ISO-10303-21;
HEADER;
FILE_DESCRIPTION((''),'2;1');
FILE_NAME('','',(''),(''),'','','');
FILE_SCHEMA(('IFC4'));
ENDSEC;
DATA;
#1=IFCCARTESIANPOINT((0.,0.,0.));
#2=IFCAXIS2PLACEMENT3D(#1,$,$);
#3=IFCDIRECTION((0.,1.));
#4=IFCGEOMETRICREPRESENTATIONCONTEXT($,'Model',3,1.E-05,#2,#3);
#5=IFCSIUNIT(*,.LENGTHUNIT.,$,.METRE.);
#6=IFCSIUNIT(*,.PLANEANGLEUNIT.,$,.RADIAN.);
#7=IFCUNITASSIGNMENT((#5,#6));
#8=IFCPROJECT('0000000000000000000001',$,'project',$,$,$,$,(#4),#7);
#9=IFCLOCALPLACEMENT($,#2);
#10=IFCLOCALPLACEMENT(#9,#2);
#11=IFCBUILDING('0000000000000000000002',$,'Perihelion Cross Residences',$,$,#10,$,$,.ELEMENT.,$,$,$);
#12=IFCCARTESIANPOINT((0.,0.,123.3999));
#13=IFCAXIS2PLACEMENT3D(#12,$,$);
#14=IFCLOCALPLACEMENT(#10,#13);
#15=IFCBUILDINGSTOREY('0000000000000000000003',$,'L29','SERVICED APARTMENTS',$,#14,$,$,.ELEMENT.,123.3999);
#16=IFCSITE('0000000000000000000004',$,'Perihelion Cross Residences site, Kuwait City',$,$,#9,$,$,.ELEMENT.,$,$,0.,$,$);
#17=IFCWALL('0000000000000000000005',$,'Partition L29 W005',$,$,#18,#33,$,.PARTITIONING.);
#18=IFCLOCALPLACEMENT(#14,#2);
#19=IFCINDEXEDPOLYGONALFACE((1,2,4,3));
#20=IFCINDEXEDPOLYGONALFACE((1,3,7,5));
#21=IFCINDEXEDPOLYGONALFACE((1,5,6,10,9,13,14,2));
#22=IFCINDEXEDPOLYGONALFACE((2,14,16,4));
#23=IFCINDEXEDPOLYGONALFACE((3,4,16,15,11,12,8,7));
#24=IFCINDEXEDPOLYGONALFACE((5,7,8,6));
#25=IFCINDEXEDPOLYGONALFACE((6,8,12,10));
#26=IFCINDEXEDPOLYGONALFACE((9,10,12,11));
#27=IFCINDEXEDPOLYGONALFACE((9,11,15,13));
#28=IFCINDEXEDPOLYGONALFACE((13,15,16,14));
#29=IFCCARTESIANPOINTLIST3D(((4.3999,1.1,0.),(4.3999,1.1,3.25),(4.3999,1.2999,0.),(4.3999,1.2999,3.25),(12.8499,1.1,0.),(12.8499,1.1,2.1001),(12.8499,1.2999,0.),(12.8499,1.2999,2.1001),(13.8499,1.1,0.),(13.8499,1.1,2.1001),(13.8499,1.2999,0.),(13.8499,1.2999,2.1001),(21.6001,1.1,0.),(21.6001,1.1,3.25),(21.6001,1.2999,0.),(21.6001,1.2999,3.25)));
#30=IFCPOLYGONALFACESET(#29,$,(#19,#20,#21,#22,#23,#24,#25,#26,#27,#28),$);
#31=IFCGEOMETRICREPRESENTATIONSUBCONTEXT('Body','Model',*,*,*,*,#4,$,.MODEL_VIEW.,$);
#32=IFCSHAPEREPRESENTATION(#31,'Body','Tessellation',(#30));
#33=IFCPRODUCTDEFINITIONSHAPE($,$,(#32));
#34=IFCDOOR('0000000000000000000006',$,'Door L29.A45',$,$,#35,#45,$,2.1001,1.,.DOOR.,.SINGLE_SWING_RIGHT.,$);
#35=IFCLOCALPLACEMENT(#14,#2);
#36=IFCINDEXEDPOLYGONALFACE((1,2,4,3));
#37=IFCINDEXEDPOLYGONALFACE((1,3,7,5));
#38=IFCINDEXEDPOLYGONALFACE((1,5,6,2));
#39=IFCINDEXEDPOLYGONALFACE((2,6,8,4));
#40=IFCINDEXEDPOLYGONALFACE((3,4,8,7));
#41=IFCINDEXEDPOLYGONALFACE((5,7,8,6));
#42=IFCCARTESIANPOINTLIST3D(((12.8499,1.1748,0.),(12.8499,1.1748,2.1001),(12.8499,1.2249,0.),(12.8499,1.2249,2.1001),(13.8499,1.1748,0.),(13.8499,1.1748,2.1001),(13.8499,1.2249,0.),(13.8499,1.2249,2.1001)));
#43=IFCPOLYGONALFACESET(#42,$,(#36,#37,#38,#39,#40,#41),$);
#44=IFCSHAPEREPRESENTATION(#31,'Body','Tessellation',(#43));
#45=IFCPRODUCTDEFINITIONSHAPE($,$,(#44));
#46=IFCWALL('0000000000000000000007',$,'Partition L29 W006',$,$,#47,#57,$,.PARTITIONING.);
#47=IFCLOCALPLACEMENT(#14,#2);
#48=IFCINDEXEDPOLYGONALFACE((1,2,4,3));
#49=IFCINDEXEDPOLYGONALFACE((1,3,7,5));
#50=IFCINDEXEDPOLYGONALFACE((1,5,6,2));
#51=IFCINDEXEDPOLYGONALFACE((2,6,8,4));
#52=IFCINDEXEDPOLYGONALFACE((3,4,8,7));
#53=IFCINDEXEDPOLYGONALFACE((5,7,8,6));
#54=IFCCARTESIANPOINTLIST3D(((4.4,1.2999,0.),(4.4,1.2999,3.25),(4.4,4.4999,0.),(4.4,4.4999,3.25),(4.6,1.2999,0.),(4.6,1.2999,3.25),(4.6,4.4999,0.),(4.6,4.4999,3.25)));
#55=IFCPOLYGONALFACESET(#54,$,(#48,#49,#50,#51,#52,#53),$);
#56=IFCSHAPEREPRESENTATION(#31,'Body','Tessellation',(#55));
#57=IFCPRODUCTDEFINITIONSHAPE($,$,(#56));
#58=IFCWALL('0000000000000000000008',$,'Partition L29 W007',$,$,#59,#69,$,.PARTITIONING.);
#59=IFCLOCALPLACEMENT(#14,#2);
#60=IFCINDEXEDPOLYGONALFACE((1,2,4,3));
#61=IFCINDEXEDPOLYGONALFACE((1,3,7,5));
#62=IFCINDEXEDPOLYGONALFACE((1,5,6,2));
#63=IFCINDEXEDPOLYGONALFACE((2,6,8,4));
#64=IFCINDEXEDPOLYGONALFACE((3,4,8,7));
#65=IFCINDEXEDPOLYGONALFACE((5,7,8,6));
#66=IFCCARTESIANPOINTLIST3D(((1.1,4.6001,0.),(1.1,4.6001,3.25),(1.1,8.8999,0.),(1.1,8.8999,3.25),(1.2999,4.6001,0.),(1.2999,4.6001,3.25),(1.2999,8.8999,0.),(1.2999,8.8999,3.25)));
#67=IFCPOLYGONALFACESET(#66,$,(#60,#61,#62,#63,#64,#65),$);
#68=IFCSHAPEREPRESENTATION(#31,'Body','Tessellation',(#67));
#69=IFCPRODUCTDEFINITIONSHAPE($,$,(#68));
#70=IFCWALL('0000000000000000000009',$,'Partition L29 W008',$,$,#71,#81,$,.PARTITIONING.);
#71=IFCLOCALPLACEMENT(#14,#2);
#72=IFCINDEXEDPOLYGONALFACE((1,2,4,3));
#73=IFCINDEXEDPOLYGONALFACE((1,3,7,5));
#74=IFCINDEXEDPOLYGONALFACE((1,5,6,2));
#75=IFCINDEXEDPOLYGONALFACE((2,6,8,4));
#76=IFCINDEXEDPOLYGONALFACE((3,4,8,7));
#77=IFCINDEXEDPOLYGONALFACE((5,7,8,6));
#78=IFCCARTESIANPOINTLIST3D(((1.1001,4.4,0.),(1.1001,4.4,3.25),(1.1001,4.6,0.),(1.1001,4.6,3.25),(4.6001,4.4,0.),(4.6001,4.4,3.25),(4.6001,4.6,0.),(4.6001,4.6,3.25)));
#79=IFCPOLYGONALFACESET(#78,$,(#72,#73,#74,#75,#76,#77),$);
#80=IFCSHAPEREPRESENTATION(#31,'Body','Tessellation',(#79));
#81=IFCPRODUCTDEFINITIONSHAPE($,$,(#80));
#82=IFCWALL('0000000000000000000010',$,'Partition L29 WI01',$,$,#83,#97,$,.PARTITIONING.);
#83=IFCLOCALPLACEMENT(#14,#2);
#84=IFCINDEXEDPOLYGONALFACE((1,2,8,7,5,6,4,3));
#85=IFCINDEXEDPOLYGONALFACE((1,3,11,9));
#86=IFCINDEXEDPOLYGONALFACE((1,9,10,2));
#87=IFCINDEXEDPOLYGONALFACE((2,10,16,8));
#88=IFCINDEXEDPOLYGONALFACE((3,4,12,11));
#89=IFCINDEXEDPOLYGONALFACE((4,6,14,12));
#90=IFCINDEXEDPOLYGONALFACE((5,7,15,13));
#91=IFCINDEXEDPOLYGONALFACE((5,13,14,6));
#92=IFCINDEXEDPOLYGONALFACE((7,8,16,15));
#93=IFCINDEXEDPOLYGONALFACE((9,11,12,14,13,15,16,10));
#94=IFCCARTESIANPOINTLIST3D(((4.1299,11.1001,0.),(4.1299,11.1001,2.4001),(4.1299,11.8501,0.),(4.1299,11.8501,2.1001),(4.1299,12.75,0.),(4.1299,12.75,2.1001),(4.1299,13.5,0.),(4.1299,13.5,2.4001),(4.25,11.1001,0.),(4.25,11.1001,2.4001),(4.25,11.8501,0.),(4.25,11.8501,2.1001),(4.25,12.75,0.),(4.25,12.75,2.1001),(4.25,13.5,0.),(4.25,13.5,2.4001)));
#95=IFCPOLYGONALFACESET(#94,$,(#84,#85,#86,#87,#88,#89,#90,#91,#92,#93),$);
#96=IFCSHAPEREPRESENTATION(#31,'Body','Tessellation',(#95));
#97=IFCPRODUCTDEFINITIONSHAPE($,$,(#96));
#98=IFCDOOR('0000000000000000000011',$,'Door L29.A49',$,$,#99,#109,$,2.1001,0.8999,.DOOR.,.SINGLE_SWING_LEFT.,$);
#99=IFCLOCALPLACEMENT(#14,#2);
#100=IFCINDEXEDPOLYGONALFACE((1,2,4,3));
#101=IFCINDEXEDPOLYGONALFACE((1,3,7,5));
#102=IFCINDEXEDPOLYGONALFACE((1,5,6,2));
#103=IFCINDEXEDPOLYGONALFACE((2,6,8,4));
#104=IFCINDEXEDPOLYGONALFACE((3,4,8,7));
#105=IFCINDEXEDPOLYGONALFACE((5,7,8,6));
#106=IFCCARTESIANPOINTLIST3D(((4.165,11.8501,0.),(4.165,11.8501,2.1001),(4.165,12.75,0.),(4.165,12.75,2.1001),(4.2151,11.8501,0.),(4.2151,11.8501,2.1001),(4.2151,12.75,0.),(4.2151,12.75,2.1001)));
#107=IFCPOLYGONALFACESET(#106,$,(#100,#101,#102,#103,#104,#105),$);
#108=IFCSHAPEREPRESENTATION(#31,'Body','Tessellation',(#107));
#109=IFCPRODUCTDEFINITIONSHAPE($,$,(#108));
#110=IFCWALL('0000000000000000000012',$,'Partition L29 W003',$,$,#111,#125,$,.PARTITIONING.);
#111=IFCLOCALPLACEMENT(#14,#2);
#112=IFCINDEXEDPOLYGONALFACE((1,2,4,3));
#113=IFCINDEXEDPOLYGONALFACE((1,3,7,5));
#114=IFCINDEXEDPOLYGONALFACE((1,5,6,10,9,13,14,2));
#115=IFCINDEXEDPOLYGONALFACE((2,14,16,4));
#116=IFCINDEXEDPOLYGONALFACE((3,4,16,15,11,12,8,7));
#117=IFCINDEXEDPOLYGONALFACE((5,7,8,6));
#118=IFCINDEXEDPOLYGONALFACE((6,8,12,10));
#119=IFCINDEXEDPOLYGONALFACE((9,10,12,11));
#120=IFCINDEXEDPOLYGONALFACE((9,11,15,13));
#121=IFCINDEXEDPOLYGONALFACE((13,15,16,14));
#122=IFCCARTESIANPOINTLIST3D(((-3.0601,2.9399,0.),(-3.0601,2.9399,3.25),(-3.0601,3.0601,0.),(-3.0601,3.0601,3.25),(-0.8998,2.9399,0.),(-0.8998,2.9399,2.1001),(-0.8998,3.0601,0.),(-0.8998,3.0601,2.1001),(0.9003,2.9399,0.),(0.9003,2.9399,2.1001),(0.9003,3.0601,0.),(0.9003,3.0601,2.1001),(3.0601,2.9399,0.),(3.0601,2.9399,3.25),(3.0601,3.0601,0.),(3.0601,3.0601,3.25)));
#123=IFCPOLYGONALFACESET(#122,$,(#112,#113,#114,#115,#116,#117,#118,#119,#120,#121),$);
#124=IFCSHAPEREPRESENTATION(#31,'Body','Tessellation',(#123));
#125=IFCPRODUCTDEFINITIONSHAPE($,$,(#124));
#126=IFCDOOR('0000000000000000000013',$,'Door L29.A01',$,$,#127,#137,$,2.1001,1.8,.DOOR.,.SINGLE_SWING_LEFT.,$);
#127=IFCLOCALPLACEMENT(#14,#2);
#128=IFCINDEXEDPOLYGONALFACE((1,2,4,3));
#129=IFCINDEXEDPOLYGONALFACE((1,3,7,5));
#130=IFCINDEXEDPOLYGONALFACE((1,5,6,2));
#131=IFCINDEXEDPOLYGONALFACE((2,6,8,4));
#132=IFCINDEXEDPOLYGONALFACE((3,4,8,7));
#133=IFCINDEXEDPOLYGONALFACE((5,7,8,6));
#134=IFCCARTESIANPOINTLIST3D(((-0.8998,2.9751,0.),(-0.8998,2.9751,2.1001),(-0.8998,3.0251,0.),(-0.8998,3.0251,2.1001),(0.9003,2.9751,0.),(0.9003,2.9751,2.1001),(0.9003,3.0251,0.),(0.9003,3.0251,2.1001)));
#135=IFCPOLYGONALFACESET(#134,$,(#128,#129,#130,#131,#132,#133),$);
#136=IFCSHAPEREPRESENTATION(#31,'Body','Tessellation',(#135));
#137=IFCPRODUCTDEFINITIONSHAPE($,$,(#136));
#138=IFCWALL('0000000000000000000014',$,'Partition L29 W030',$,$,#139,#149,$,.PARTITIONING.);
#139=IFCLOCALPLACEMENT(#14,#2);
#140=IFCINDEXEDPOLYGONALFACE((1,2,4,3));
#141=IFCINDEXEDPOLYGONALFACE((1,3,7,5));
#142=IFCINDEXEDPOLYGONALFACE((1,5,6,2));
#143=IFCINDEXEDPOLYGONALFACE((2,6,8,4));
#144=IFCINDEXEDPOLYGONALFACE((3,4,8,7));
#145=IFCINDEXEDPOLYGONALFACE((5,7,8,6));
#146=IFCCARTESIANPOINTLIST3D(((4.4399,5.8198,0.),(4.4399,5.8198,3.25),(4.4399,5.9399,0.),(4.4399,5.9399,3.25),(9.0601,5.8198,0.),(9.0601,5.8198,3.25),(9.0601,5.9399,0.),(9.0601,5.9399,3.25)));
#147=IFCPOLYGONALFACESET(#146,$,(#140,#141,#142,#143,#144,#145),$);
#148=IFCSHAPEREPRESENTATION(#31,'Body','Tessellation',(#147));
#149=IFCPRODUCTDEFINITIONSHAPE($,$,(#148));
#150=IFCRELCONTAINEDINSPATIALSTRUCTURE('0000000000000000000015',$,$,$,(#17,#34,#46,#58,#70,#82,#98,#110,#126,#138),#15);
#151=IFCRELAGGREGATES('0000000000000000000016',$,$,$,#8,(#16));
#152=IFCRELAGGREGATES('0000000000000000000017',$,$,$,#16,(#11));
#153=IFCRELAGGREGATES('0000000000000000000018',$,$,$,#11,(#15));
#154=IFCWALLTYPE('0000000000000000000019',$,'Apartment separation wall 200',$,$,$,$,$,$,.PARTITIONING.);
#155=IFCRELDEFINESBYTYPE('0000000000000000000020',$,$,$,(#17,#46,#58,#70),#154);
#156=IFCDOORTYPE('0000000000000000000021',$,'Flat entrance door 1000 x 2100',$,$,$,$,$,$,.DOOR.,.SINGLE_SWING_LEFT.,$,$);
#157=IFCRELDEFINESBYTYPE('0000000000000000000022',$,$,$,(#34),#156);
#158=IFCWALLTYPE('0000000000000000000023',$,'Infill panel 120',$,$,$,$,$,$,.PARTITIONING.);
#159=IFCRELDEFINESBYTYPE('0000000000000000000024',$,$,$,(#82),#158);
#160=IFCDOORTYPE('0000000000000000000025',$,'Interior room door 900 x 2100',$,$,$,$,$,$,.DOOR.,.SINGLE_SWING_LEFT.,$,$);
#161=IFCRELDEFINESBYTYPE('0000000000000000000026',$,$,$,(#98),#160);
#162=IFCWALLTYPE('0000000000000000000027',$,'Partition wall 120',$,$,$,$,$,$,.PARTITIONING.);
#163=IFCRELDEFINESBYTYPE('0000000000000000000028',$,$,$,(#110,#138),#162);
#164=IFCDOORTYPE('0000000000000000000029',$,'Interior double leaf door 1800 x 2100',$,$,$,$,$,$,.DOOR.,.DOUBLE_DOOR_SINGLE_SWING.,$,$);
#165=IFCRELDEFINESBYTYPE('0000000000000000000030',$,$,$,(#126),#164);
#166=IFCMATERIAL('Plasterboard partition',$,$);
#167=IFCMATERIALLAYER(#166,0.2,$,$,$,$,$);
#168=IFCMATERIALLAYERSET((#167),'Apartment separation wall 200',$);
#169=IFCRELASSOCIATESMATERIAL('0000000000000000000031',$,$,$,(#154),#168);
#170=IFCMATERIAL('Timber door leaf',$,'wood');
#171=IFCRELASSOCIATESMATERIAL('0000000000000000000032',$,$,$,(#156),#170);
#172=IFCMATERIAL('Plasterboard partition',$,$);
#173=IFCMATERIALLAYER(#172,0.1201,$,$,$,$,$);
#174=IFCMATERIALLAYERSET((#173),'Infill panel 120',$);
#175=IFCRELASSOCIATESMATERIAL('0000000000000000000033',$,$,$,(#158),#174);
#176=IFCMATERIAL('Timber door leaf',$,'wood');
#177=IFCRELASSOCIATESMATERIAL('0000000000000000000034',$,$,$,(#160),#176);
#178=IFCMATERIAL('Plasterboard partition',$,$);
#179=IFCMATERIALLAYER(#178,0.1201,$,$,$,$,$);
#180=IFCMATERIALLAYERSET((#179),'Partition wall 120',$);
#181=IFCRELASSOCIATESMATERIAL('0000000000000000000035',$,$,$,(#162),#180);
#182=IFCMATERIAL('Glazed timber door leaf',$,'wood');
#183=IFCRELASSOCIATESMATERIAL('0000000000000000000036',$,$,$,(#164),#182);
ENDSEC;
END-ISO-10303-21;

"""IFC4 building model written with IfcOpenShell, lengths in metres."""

from ifc_helpers import new_model, si_unit, direction, frame, frame_2d, origin, place, context, subcontext, project, spatial, rectangle, extrude, material, layer, layer_set, type_object, element, fill, save


model = new_model("IFC4")

# Units and contexts
model_context = context("Model", 3, precision=1e-05, world=origin(), true_north=direction((0.0, 1.0)))
body_context = subcontext(model_context, "Body", "Model", "MODEL_VIEW")
ifc_project = project(units=[si_unit("LENGTHUNIT", "METRE"), si_unit("PLANEANGLEUNIT", "RADIAN")], contexts=[model_context])

# Site, building, storey
site_placement = place(None, origin())
site = spatial("IfcSite", under=ifc_project, at=site_placement, Name="Perihelion Cross Residences site, Kuwait City", CompositionType="ELEMENT", RefElevation=0.0)
building_placement = place(site_placement, origin())
building = spatial("IfcBuilding", under=site, at=building_placement, Name="Perihelion Cross Residences", CompositionType="ELEMENT")
storey_placement = place(building_placement, frame((0.0, 0.0, 123.3999)))
storey = spatial("IfcBuildingStorey", under=building, at=storey_placement, Name="L29", Description="SERVICED APARTMENTS", CompositionType="ELEMENT", Elevation=123.3999)

# Wall, opening, door
ifc_material_1 = material(Name="Plasterboard partition")
ifc_layer_1 = layer(ifc_material_1, 0.2)
ifc_layer_set_1 = layer_set([ifc_layer_1], Name="Apartment separation wall 200")
wall_type_1 = type_object("IfcWallType", Name="Apartment separation wall 200", PredefinedType="PARTITIONING", material=ifc_layer_set_1)
wall_1_placement = place(storey_placement, frame((4.3999, 1.2, 0.0), z_axis=(0.0, 0.0, 1.0), x_axis=(1.0, 0.0, 0.0)))
wall_1 = element("IfcWall", 1, at=wall_1_placement, inside=storey, type_object=wall_type_1, Name="Partition L29 W005", PredefinedType="PARTITIONING", context=body_context, shape_type="SweptSolid", body=[
    extrude(rectangle(XDim=17.2002, YDim=0.2, at=frame_2d((8.6001, 0.0))), origin(), (0.0, 0.0, 1.0), 3.25),
])
opening_1_placement = place(wall_1_placement, frame((8.45, 0.0, 0.0)))
opening_1 = element("IfcOpeningElement", 2, at=opening_1_placement, cuts=wall_1, PredefinedType="OPENING", context=body_context, shape_type="SweptSolid", body=[
    extrude(rectangle(XDim=1.0, YDim=2.1001, at=frame_2d((0.5, 1.05))), frame((0.0, 0.1099, 0.0), z_axis=(0.0, -1.0, 0.0), x_axis=(1.0, 0.0, 0.0)), (0.0, 0.0, 1.0), 0.22),
])
ifc_material_2 = material(Name="Timber door leaf", Category="wood")
door_type_1 = type_object("IfcDoorType", Name="Flat entrance door 1000 x 2100", OperationType="SINGLE_SWING_LEFT", PredefinedType="DOOR", material=ifc_material_2)
door_1_placement = place(opening_1_placement, origin())
door_1 = element("IfcDoor", 3, at=door_1_placement, inside=storey, type_object=door_type_1, Name="Door L29.A45", OperationType="SINGLE_SWING_RIGHT", OverallHeight=2.1001, OverallWidth=1.0, PredefinedType="DOOR", context=body_context, shape_type="SweptSolid", body=[
    extrude(rectangle(XDim=1.0, YDim=2.1001, at=frame_2d((0.5, 1.05))), frame((0.0, 0.0249, 0.0), z_axis=(0.0, -1.0, 0.0), x_axis=(1.0, 0.0, 0.0)), (0.0, 0.0, 1.0), 0.05),
])
fill(opening_1, door_1)

# Walls
wall_2_placement = place(storey_placement, frame((4.5, 4.5, 0.0), z_axis=(0.0, 0.0, 1.0), x_axis=(0.0, -1.0, 0.0)))
element("IfcWall", 4, at=wall_2_placement, inside=storey, type_object=wall_type_1, Name="Partition L29 W006", PredefinedType="PARTITIONING", context=body_context, shape_type="SweptSolid", body=[
    extrude(rectangle(XDim=3.2, YDim=0.2, at=frame_2d((1.6001, 0.0))), origin(), (0.0, 0.0, 1.0), 3.25),
])
wall_3_placement = place(storey_placement, frame((1.2, 8.8999, 0.0), z_axis=(0.0, 0.0, 1.0), x_axis=(0.0, -1.0, 0.0)))
element("IfcWall", 5, at=wall_3_placement, inside=storey, type_object=wall_type_1, Name="Partition L29 W007", PredefinedType="PARTITIONING", context=body_context, shape_type="SweptSolid", body=[
    extrude(rectangle(XDim=4.2998, YDim=0.2, at=frame_2d((2.1499, 0.0))), origin(), (0.0, 0.0, 1.0), 3.25),
])
wall_4_placement = place(storey_placement, frame((1.1001, 4.5, 0.0), z_axis=(0.0, 0.0, 1.0), x_axis=(1.0, 0.0, 0.0)))
element("IfcWall", 6, at=wall_4_placement, inside=storey, type_object=wall_type_1, Name="Partition L29 W008", PredefinedType="PARTITIONING", context=body_context, shape_type="SweptSolid", body=[
    extrude(rectangle(XDim=3.5, YDim=0.2, at=frame_2d((1.75, 0.0))), origin(), (0.0, 0.0, 1.0), 3.25),
])

# Walls, openings, doors
ifc_material_3 = material(Name="Plasterboard partition")
ifc_layer_2 = layer(ifc_material_3, 0.1201)
ifc_layer_set_2 = layer_set([ifc_layer_2], Name="Infill panel 120")
wall_type_2 = type_object("IfcWallType", Name="Infill panel 120", PredefinedType="PARTITIONING", material=ifc_layer_set_2)
wall_5_placement = place(storey_placement, frame((4.1899, 11.1001, 0.0), z_axis=(0.0, 0.0, 1.0), x_axis=(0.0, 1.0, 0.0)))
wall_5 = element("IfcWall", 7, at=wall_5_placement, inside=storey, type_object=wall_type_2, Name="Partition L29 WI01", PredefinedType="PARTITIONING", context=body_context, shape_type="SweptSolid", body=[
    extrude(rectangle(XDim=2.3999, YDim=0.1201, at=frame_2d((1.2, 0.0))), origin(), (0.0, 0.0, 1.0), 2.4001),
])
opening_2_placement = place(wall_5_placement, frame((0.75, 0.0, 0.0)))
opening_2 = element("IfcOpeningElement", 8, at=opening_2_placement, cuts=wall_5, PredefinedType="OPENING", context=body_context, shape_type="SweptSolid", body=[
    extrude(rectangle(XDim=0.8999, YDim=2.1001, at=frame_2d((0.45, 1.05))), frame((0.0, 0.0701, 0.0), z_axis=(0.0, -1.0, 0.0), x_axis=(1.0, 0.0, 0.0)), (0.0, 0.0, 1.0), 0.1401),
])
ifc_material_4 = material(Name="Timber door leaf", Category="wood")
door_type_2 = type_object("IfcDoorType", Name="Interior room door 900 x 2100", OperationType="SINGLE_SWING_LEFT", PredefinedType="DOOR", material=ifc_material_4)
door_2_placement = place(opening_2_placement, origin())
door_2 = element("IfcDoor", 9, at=door_2_placement, inside=storey, type_object=door_type_2, Name="Door L29.A49", OperationType="SINGLE_SWING_LEFT", OverallHeight=2.1001, OverallWidth=0.8999, PredefinedType="DOOR", context=body_context, shape_type="SweptSolid", body=[
    extrude(rectangle(XDim=0.8999, YDim=2.1001, at=frame_2d((0.45, 1.05))), frame((0.0, 0.0249, 0.0), z_axis=(0.0, -1.0, 0.0), x_axis=(1.0, 0.0, 0.0)), (0.0, 0.0, 1.0), 0.05),
])
fill(opening_2, door_2)
ifc_material_5 = material(Name="Plasterboard partition")
ifc_layer_3 = layer(ifc_material_5, 0.1201)
ifc_layer_set_3 = layer_set([ifc_layer_3], Name="Partition wall 120")
wall_type_3 = type_object("IfcWallType", Name="Partition wall 120", PredefinedType="PARTITIONING", material=ifc_layer_set_3)
wall_6_placement = place(storey_placement, frame((3.0601, 3.0, 0.0), z_axis=(0.0, 0.0, 1.0), x_axis=(-1.0, 0.0, 0.0)))
wall_6 = element("IfcWall", 10, at=wall_6_placement, inside=storey, type_object=wall_type_3, Name="Partition L29 W003", PredefinedType="PARTITIONING", context=body_context, shape_type="SweptSolid", body=[
    extrude(rectangle(XDim=6.1201, YDim=0.1201, at=frame_2d((3.0601, 0.0))), origin(), (0.0, 0.0, 1.0), 3.25),
])
opening_3_placement = place(wall_6_placement, frame((2.1599, 0.0, 0.0)))
opening_3 = element("IfcOpeningElement", 11, at=opening_3_placement, cuts=wall_6, PredefinedType="OPENING", context=body_context, shape_type="SweptSolid", body=[
    extrude(rectangle(XDim=1.8, YDim=2.1001, at=frame_2d((0.8999, 1.05))), frame((0.0, 0.0701, 0.0), z_axis=(0.0, -1.0, 0.0), x_axis=(1.0, 0.0, 0.0)), (0.0, 0.0, 1.0), 0.1401),
])
ifc_material_6 = material(Name="Glazed timber door leaf", Category="wood")
door_type_3 = type_object("IfcDoorType", Name="Interior double leaf door 1800 x 2100", OperationType="DOUBLE_DOOR_SINGLE_SWING", PredefinedType="DOOR", material=ifc_material_6)
door_3_placement = place(opening_3_placement, origin())
door_3 = element("IfcDoor", 12, at=door_3_placement, inside=storey, type_object=door_type_3, Name="Door L29.A01", OperationType="SINGLE_SWING_LEFT", OverallHeight=2.1001, OverallWidth=1.8, PredefinedType="DOOR", context=body_context, shape_type="SweptSolid", body=[
    extrude(rectangle(XDim=1.8, YDim=2.1001, at=frame_2d((0.8999, 1.05))), frame((0.0, 0.0249, 0.0), z_axis=(0.0, -1.0, 0.0), x_axis=(1.0, 0.0, 0.0)), (0.0, 0.0, 1.0), 0.05),
])
fill(opening_3, door_3)

# Wall
wall_7_placement = place(storey_placement, frame((4.4399, 5.8799, 0.0), z_axis=(0.0, 0.0, 1.0), x_axis=(1.0, 0.0, 0.0)))
element("IfcWall", 13, at=wall_7_placement, inside=storey, type_object=wall_type_3, Name="Partition L29 W030", PredefinedType="PARTITIONING", context=body_context, shape_type="SweptSolid", body=[
    extrude(rectangle(XDim=4.6201, YDim=0.1201, at=frame_2d((2.3101, 0.0))), origin(), (0.0, 0.0, 1.0), 3.25),
])

save(model, "model.ifc")
